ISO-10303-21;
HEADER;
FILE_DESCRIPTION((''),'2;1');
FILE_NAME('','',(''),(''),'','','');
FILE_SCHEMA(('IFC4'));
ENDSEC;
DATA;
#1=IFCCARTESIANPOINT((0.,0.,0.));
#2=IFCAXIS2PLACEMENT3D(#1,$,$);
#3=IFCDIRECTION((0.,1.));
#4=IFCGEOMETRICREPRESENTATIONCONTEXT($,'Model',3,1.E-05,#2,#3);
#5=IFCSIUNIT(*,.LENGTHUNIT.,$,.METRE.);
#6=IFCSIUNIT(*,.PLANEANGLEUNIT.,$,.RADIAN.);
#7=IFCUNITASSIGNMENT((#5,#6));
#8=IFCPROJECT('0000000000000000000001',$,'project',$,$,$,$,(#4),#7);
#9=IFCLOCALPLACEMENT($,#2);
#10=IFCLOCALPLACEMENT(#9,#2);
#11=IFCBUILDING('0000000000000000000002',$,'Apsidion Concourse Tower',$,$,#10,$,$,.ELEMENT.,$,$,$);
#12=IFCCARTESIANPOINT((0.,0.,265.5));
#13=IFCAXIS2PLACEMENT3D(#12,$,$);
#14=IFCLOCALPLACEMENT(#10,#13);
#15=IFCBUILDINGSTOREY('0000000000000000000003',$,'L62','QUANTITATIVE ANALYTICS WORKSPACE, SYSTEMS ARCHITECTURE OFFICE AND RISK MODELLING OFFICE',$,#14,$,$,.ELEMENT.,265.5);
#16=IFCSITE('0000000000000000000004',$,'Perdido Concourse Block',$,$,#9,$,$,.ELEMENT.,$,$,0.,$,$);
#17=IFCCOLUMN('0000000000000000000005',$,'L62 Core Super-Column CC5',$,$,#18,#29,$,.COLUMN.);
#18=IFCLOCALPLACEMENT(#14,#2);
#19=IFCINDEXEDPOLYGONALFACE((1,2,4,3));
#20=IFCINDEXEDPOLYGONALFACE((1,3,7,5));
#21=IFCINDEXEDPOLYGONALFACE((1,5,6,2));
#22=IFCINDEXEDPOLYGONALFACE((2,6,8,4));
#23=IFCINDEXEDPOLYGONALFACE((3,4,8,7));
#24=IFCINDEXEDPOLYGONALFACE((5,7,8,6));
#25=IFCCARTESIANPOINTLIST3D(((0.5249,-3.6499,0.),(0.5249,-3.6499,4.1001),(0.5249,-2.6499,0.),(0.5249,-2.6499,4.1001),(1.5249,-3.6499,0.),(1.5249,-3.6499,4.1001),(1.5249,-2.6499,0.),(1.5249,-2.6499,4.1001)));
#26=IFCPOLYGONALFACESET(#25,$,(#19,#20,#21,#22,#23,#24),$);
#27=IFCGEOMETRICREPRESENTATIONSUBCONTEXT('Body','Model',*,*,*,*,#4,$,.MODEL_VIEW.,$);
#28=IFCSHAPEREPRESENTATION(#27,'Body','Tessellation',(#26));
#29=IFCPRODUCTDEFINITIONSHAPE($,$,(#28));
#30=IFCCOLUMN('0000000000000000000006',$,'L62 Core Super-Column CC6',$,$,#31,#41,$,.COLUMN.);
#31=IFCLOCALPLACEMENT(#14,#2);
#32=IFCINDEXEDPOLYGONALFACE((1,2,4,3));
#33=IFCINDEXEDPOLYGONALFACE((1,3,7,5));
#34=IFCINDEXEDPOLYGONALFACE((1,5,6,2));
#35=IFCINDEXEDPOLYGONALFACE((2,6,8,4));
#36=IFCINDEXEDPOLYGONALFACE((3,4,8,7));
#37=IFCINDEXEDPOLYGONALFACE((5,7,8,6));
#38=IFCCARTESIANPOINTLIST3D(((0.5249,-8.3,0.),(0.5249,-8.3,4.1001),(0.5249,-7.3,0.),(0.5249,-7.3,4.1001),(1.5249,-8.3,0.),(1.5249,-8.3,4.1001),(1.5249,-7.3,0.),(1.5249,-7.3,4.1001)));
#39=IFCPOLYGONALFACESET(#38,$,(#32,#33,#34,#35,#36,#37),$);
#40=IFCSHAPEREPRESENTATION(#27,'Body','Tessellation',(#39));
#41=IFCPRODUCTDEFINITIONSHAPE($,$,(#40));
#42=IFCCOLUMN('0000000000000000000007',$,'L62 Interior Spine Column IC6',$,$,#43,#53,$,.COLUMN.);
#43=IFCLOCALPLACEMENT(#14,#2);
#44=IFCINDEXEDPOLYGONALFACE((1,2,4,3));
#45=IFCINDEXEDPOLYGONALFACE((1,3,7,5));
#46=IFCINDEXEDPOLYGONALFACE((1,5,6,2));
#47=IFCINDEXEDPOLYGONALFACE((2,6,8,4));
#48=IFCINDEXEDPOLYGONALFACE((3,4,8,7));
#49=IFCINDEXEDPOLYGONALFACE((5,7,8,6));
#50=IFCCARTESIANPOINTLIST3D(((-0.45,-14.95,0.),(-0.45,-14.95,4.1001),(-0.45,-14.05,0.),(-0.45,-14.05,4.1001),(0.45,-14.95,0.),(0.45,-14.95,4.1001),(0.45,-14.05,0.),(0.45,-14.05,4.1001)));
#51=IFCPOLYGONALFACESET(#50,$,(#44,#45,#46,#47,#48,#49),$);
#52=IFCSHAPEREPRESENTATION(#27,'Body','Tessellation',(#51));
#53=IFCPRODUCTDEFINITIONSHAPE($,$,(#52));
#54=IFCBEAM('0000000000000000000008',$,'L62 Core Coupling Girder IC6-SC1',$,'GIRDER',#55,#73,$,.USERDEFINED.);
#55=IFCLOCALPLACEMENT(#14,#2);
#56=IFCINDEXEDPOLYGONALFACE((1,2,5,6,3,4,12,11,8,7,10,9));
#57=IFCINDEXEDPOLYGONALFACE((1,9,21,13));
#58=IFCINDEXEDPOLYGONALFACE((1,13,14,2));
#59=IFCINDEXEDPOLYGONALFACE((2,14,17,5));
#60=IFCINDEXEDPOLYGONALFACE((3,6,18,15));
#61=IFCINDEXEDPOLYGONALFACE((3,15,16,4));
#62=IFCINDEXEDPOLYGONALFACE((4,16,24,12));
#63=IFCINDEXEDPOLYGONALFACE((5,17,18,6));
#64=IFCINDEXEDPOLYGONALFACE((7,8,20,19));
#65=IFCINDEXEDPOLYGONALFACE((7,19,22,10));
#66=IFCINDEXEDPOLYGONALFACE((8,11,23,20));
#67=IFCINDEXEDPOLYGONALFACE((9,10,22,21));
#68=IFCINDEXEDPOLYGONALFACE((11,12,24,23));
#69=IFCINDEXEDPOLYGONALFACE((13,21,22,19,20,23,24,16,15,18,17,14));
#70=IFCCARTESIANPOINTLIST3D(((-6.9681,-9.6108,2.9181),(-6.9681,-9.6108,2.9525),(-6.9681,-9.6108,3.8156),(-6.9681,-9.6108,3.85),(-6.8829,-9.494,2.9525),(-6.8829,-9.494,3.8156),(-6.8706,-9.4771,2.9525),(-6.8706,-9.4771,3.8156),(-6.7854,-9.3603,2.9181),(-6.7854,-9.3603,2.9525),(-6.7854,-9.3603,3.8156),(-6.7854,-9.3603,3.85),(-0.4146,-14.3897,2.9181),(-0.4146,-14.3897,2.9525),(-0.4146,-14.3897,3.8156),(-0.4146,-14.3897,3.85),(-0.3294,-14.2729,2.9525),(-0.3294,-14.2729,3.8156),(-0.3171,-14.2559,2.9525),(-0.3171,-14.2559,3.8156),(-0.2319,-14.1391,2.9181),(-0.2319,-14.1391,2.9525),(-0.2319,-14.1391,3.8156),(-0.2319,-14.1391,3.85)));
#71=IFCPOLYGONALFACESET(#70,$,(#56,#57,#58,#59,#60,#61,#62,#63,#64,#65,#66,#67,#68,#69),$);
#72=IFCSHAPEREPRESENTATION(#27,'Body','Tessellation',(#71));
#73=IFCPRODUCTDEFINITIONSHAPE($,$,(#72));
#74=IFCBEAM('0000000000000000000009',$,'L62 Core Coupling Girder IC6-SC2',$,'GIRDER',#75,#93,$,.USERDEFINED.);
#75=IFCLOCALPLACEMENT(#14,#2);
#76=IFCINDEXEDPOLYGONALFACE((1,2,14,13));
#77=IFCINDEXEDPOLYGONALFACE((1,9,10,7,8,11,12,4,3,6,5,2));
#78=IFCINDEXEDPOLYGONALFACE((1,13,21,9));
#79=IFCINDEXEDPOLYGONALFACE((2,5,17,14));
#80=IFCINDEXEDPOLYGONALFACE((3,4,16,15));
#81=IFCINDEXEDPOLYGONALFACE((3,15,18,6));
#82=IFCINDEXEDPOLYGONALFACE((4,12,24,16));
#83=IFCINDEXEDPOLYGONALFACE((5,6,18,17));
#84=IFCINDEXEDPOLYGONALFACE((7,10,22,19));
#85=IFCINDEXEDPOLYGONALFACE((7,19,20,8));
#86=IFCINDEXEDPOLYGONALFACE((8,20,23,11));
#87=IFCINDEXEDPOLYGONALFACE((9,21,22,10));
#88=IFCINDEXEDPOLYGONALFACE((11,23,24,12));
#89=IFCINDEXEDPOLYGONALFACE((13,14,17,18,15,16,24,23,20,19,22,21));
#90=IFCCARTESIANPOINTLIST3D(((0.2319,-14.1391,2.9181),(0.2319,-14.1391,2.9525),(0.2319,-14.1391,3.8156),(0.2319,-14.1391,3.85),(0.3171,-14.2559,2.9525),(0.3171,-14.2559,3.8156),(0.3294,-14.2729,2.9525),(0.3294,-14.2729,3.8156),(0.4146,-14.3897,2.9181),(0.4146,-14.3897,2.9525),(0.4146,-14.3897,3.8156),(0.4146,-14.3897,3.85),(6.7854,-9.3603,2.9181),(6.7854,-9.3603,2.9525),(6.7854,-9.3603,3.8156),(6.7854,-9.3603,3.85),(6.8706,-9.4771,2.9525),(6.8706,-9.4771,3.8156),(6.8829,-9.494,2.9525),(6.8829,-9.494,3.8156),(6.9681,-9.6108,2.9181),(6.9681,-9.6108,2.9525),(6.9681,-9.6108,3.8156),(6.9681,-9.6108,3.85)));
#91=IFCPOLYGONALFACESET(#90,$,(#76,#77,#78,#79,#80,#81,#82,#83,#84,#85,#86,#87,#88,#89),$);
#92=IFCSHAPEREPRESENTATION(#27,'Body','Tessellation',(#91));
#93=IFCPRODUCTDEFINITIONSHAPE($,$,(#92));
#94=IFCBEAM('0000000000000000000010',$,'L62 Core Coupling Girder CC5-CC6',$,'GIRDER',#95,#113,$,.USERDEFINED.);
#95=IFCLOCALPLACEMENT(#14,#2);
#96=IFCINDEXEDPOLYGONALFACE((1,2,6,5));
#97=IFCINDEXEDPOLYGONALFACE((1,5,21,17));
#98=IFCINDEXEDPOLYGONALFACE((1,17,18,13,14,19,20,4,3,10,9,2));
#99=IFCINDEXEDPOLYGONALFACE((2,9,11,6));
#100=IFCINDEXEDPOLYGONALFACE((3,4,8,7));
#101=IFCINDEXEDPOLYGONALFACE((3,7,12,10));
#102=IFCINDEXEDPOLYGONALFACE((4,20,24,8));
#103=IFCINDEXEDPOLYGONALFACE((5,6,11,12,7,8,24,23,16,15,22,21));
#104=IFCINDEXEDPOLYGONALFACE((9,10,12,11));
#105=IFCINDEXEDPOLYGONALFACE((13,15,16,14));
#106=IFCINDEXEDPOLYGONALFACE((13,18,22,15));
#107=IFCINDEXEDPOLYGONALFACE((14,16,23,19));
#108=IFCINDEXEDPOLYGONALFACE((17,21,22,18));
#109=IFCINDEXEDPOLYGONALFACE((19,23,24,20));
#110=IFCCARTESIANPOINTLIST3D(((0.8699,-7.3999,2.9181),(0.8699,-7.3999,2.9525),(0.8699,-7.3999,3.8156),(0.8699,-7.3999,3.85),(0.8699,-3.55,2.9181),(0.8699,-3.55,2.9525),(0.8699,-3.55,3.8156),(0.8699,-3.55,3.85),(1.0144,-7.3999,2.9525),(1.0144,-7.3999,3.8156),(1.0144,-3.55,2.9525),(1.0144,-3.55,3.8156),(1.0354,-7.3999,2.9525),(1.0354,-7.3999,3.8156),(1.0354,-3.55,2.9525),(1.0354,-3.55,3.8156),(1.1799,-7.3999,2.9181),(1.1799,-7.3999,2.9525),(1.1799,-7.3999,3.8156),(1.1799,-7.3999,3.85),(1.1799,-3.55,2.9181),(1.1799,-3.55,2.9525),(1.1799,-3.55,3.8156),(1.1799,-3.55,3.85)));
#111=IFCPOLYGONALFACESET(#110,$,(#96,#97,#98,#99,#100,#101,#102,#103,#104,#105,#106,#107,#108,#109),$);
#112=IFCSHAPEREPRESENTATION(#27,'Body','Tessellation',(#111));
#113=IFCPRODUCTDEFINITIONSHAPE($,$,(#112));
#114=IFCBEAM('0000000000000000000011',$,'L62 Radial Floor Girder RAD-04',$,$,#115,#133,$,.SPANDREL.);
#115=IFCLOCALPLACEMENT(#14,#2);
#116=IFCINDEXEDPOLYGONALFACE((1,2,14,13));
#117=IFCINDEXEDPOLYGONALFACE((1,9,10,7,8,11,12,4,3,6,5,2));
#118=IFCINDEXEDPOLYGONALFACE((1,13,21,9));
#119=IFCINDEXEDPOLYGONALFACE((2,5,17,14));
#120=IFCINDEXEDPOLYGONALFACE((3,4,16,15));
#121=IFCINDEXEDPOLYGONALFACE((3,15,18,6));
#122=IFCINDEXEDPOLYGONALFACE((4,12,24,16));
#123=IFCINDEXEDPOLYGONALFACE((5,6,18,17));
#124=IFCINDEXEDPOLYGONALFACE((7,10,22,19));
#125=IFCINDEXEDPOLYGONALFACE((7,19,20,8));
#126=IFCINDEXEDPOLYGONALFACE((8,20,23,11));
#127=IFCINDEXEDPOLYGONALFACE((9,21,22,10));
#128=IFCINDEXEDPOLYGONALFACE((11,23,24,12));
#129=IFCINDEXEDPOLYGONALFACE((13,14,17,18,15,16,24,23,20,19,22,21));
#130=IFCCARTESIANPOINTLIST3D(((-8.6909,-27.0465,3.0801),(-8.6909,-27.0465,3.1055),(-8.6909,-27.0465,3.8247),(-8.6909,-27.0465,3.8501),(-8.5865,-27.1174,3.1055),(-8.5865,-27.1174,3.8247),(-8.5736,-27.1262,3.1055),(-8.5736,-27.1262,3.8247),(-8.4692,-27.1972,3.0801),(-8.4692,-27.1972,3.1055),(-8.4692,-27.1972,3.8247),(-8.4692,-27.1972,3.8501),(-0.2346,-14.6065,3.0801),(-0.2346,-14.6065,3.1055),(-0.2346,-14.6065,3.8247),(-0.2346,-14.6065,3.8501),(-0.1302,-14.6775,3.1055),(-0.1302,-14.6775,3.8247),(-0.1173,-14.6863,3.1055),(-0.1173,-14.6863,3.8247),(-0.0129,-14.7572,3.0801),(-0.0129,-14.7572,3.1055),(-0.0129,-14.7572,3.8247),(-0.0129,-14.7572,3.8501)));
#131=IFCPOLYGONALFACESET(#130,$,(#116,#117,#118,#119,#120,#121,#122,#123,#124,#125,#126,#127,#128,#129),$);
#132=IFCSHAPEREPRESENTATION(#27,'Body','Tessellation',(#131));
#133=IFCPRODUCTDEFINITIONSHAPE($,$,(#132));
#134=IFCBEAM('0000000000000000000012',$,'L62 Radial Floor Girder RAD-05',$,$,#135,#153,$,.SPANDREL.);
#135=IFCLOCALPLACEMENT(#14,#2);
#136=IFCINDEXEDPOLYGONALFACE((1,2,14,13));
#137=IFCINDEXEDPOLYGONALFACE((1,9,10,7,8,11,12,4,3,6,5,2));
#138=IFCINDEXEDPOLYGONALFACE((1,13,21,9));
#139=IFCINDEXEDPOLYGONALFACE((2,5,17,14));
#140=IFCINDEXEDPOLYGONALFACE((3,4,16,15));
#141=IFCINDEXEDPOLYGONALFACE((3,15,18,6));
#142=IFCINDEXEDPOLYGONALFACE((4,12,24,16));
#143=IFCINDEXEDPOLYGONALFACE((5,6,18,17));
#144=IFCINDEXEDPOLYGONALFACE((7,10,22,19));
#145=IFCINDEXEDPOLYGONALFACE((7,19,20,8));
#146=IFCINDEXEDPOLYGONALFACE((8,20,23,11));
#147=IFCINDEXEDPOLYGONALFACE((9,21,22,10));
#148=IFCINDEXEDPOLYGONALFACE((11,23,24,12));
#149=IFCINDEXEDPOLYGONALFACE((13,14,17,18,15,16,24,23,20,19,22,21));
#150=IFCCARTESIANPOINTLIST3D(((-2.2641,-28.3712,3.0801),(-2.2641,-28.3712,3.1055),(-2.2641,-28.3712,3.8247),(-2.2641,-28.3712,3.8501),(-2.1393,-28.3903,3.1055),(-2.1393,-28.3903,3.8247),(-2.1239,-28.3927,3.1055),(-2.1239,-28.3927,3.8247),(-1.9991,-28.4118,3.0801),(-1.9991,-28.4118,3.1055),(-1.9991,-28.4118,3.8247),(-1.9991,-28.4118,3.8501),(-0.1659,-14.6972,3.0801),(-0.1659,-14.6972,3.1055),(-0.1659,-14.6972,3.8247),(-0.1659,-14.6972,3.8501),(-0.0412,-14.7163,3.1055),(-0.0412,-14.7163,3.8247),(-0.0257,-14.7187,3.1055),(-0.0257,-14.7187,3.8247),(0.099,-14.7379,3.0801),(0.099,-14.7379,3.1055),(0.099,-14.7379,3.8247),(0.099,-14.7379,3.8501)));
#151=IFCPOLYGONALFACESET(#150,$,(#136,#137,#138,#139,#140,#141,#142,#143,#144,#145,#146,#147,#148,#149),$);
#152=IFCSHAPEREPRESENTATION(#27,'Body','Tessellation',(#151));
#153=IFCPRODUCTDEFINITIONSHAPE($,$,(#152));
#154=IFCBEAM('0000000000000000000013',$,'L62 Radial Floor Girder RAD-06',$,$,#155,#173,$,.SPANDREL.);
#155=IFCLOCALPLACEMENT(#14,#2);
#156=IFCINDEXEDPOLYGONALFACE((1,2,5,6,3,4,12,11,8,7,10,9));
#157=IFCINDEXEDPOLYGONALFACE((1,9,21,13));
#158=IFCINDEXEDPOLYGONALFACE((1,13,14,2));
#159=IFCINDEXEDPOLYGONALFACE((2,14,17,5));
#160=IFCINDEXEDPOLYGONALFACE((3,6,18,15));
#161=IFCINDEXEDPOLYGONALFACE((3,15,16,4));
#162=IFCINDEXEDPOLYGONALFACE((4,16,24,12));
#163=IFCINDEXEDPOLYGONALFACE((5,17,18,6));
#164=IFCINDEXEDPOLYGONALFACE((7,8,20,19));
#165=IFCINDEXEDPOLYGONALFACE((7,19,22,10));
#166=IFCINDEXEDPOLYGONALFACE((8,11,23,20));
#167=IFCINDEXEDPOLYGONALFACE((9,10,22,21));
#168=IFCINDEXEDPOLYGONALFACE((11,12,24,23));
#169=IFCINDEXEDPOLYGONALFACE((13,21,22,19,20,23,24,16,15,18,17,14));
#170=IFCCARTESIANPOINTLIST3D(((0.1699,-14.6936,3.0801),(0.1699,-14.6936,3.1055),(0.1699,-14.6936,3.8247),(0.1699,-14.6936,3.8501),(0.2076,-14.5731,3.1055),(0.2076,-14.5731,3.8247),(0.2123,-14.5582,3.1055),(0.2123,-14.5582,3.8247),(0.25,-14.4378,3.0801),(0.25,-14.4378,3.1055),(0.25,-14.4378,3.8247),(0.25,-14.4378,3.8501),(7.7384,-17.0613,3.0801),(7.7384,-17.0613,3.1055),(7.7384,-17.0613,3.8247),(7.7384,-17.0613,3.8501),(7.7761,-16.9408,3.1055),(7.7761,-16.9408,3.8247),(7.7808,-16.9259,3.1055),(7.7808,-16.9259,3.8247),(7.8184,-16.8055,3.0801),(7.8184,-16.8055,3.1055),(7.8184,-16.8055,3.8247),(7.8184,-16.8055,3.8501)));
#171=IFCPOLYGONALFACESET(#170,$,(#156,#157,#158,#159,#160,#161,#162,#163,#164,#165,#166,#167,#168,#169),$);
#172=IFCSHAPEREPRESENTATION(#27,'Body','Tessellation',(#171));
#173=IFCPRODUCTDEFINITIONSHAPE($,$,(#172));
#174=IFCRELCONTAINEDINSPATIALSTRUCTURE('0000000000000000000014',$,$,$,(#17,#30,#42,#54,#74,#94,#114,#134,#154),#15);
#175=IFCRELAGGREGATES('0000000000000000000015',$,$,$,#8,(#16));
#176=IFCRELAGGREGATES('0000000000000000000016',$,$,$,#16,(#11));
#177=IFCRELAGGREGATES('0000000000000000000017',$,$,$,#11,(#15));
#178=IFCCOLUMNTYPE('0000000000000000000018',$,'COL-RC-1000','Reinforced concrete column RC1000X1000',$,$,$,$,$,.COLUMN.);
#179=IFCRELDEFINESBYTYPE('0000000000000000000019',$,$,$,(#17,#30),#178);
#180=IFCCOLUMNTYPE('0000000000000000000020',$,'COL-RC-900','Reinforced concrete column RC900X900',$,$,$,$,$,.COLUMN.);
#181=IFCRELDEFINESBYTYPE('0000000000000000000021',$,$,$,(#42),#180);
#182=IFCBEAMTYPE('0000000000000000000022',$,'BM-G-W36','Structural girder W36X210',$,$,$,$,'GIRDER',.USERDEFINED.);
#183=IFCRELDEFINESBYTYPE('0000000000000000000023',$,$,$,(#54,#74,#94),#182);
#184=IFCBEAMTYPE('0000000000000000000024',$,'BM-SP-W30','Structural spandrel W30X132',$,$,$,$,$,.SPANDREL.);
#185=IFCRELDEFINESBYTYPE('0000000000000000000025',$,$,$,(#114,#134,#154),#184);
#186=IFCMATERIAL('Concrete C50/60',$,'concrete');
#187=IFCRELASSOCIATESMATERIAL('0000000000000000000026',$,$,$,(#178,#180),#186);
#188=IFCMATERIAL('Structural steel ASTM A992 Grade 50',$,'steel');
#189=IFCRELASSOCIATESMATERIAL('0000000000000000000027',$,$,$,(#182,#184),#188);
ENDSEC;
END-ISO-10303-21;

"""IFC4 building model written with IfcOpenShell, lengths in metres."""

from ifc_helpers import new_model, si_unit, direction, frame, origin, origin_2d, place, context, subcontext, project, spatial, rectangle, i_section, extrude, material, material_profile, profile_set, type_object, element, save


model = new_model("IFC4")

# Units and contexts
model_context = context("Model", 3, precision=1e-05, world=origin(), true_north=direction((0.0, 1.0)))
body_context = subcontext(model_context, "Body", "Model", "MODEL_VIEW")
ifc_project = project(units=[si_unit("LENGTHUNIT", "METRE"), si_unit("PLANEANGLEUNIT", "RADIAN")], contexts=[model_context])

# Site, building, storey
site_placement = place(None, origin())
site = spatial("IfcSite", under=ifc_project, at=site_placement, Name="Perdido Concourse Block", CompositionType="ELEMENT", RefElevation=0.0)
building_placement = place(site_placement, origin())
building = spatial("IfcBuilding", under=site, at=building_placement, Name="Apsidion Concourse Tower", CompositionType="ELEMENT")
storey_placement = place(building_placement, frame((0.0, 0.0, 265.5)))
storey = spatial("IfcBuildingStorey", under=building, at=storey_placement, Name="L62", Description="QUANTITATIVE ANALYTICS WORKSPACE, SYSTEMS ARCHITECTURE OFFICE AND RISK MODELLING OFFICE", CompositionType="ELEMENT", Elevation=265.5)

# Columns
ifc_material_1 = material(Name="Concrete C50/60", Category="concrete")
ifc_material_profile_1 = material_profile(ifc_material_1, rectangle(XDim=1.0, YDim=1.0, at=origin_2d()), Name="RC 1000x1000")
ifc_profile_set_1 = profile_set([ifc_material_profile_1], Name="Concrete C50/60")
column_type_1 = type_object("IfcColumnType", Name="COL-RC-1000", Description="Reinforced concrete column RC1000X1000", PredefinedType="COLUMN", material=ifc_profile_set_1)
for number, where, z_axis, x_axis, name in (
    (1, (1.0249, -3.1499, 0.0), (0.0, 0.0, 1.0), (1.0, 0.0, 0.0), "L62 Core Super-Column CC5"),
    (2, (1.0249, -7.8, 0.0), (0.0, 0.0, 1.0), (1.0, 0.0, 0.0), "L62 Core Super-Column CC6"),
):
    element("IfcColumn", number, at=place(storey_placement, frame(where, z_axis=z_axis, x_axis=x_axis)), inside=storey, type_object=column_type_1, Name=name, PredefinedType="COLUMN", context=body_context, shape_type="SweptSolid", body=[
        extrude(rectangle(XDim=1.0, YDim=1.0, at=origin_2d()), origin(), (0.0, 0.0, 1.0), 4.1001),
    ])
ifc_material_profile_2 = material_profile(ifc_material_1, rectangle(XDim=0.8999, YDim=0.8999, at=origin_2d()), Name="RC 900x900")
ifc_profile_set_2 = profile_set([ifc_material_profile_2], Name="Concrete C50/60")
column_type_2 = type_object("IfcColumnType", Name="COL-RC-900", Description="Reinforced concrete column RC900X900", PredefinedType="COLUMN", material=ifc_profile_set_2)
column_placement = place(storey_placement, frame((0.0, -14.5, 0.0), z_axis=(0.0, 0.0, 1.0), x_axis=(1.0, 0.0, 0.0)))
element("IfcColumn", 3, at=column_placement, inside=storey, type_object=column_type_2, Name="L62 Interior Spine Column IC6", PredefinedType="COLUMN", context=body_context, shape_type="SweptSolid", body=[
    extrude(rectangle(XDim=0.8999, YDim=0.8999, at=origin_2d()), origin(), (0.0, 0.0, 1.0), 4.1001),
])

# Beams
ifc_material_2 = material(Name="Structural steel ASTM A992 Grade 50", Category="steel")
ifc_material_profile_3 = material_profile(ifc_material_2, i_section(OverallWidth=0.3101, OverallDepth=0.9319, WebThickness=0.021, FlangeThickness=0.0344, at=origin_2d()), Name="W36X210")
ifc_profile_set_3 = profile_set([ifc_material_profile_3], Name="Structural steel ASTM A992 Grade 50")
beam_type_1 = type_object("IfcBeamType", Name="BM-G-W36", Description="Structural girder W36X210", ElementType="GIRDER", PredefinedType="USERDEFINED", material=ifc_profile_set_3)
for number, where, z_axis, x_axis, name in (
    (4, (-0.3232, -14.2644, 3.384), (-0.807993, 0.589191, 0.0), (-0.589191, -0.807993, 0.0), "L62 Core Coupling Girder IC6-SC1"),
    (5, (0.3232, -14.2644, 3.384), (0.807993, 0.589191, 0.0), (-0.589191, 0.807993, 0.0), "L62 Core Coupling Girder IC6-SC2"),
):
    element("IfcBeam", number, at=place(storey_placement, frame(where, z_axis=z_axis, x_axis=x_axis)), inside=storey, type_object=beam_type_1, Name=name, ObjectType="GIRDER", PredefinedType="USERDEFINED", context=body_context, shape_type="SweptSolid", body=[
        extrude(i_section(OverallWidth=0.3101, OverallDepth=0.9319, WebThickness=0.021, FlangeThickness=0.0344, at=origin_2d()), origin(), (0.0, 0.0, 1.0), 8.1108),
    ])
beam_1_placement = place(storey_placement, frame((1.0249, -3.55, 3.384), z_axis=(0.0, -1.0, 0.0), x_axis=(1.0, 0.0, 0.0)))
element("IfcBeam", 6, at=beam_1_placement, inside=storey, type_object=beam_type_1, Name="L62 Core Coupling Girder CC5-CC6", ObjectType="GIRDER", PredefinedType="USERDEFINED", context=body_context, shape_type="SweptSolid", body=[
    extrude(i_section(OverallWidth=0.3101, OverallDepth=0.9319, WebThickness=0.021, FlangeThickness=0.0344, at=origin_2d()), origin(), (0.0, 0.0, 1.0), 3.8499),
])
ifc_material_profile_4 = material_profile(ifc_material_2, i_section(OverallWidth=0.2681, OverallDepth=0.77, WebThickness=0.0156, FlangeThickness=0.0254, at=origin_2d()), Name="W30X132")
ifc_profile_set_4 = profile_set([ifc_material_profile_4], Name="Structural steel ASTM A992 Grade 50")
beam_type_2 = type_object("IfcBeamType", Name="BM-SP-W30", Description="Structural spandrel W30X132", PredefinedType="SPANDREL", material=ifc_profile_set_4)
beam_2_placement = place(storey_placement, frame((-0.1238, -14.6819, 3.4651), z_axis=(-0.56218, -0.827015, 0.0), x_axis=(0.827015, -0.56218, 0.0)))
element("IfcBeam", 7, at=beam_2_placement, inside=storey, type_object=beam_type_2, Name="L62 Radial Floor Girder RAD-04", PredefinedType="SPANDREL", context=body_context, shape_type="SweptSolid", body=[
    extrude(i_section(OverallWidth=0.2681, OverallDepth=0.77, WebThickness=0.0156, FlangeThickness=0.0254, at=origin_2d()), origin(), (0.0, 0.0, 1.0), 15.042),
])
beam_3_placement = place(storey_placement, frame((-0.0334, -14.7175, 3.4651), z_axis=(-0.151665, -0.988432, 0.0), x_axis=(0.988432, -0.151665, 0.0)))
element("IfcBeam", 8, at=beam_3_placement, inside=storey, type_object=beam_type_2, Name="L62 Radial Floor Girder RAD-05", PredefinedType="SPANDREL", context=body_context, shape_type="SweptSolid", body=[
    extrude(i_section(OverallWidth=0.2681, OverallDepth=0.77, WebThickness=0.0156, FlangeThickness=0.0254, at=origin_2d()), origin(), (0.0, 0.0, 1.0), 13.834),
])
beam_4_placement = place(storey_placement, frame((0.21, -14.5657, 3.4651), z_axis=(0.954388, -0.298569, 0.0), x_axis=(0.298569, 0.954388, 0.0)))
element("IfcBeam", 9, at=beam_4_placement, inside=storey, type_object=beam_type_2, Name="L62 Radial Floor Girder RAD-06", PredefinedType="SPANDREL", context=body_context, shape_type="SweptSolid", body=[
    extrude(i_section(OverallWidth=0.2681, OverallDepth=0.77, WebThickness=0.0156, FlangeThickness=0.0254, at=origin_2d()), origin(), (0.0, 0.0, 1.0), 7.9302),
])

save(model, "model.ifc")
